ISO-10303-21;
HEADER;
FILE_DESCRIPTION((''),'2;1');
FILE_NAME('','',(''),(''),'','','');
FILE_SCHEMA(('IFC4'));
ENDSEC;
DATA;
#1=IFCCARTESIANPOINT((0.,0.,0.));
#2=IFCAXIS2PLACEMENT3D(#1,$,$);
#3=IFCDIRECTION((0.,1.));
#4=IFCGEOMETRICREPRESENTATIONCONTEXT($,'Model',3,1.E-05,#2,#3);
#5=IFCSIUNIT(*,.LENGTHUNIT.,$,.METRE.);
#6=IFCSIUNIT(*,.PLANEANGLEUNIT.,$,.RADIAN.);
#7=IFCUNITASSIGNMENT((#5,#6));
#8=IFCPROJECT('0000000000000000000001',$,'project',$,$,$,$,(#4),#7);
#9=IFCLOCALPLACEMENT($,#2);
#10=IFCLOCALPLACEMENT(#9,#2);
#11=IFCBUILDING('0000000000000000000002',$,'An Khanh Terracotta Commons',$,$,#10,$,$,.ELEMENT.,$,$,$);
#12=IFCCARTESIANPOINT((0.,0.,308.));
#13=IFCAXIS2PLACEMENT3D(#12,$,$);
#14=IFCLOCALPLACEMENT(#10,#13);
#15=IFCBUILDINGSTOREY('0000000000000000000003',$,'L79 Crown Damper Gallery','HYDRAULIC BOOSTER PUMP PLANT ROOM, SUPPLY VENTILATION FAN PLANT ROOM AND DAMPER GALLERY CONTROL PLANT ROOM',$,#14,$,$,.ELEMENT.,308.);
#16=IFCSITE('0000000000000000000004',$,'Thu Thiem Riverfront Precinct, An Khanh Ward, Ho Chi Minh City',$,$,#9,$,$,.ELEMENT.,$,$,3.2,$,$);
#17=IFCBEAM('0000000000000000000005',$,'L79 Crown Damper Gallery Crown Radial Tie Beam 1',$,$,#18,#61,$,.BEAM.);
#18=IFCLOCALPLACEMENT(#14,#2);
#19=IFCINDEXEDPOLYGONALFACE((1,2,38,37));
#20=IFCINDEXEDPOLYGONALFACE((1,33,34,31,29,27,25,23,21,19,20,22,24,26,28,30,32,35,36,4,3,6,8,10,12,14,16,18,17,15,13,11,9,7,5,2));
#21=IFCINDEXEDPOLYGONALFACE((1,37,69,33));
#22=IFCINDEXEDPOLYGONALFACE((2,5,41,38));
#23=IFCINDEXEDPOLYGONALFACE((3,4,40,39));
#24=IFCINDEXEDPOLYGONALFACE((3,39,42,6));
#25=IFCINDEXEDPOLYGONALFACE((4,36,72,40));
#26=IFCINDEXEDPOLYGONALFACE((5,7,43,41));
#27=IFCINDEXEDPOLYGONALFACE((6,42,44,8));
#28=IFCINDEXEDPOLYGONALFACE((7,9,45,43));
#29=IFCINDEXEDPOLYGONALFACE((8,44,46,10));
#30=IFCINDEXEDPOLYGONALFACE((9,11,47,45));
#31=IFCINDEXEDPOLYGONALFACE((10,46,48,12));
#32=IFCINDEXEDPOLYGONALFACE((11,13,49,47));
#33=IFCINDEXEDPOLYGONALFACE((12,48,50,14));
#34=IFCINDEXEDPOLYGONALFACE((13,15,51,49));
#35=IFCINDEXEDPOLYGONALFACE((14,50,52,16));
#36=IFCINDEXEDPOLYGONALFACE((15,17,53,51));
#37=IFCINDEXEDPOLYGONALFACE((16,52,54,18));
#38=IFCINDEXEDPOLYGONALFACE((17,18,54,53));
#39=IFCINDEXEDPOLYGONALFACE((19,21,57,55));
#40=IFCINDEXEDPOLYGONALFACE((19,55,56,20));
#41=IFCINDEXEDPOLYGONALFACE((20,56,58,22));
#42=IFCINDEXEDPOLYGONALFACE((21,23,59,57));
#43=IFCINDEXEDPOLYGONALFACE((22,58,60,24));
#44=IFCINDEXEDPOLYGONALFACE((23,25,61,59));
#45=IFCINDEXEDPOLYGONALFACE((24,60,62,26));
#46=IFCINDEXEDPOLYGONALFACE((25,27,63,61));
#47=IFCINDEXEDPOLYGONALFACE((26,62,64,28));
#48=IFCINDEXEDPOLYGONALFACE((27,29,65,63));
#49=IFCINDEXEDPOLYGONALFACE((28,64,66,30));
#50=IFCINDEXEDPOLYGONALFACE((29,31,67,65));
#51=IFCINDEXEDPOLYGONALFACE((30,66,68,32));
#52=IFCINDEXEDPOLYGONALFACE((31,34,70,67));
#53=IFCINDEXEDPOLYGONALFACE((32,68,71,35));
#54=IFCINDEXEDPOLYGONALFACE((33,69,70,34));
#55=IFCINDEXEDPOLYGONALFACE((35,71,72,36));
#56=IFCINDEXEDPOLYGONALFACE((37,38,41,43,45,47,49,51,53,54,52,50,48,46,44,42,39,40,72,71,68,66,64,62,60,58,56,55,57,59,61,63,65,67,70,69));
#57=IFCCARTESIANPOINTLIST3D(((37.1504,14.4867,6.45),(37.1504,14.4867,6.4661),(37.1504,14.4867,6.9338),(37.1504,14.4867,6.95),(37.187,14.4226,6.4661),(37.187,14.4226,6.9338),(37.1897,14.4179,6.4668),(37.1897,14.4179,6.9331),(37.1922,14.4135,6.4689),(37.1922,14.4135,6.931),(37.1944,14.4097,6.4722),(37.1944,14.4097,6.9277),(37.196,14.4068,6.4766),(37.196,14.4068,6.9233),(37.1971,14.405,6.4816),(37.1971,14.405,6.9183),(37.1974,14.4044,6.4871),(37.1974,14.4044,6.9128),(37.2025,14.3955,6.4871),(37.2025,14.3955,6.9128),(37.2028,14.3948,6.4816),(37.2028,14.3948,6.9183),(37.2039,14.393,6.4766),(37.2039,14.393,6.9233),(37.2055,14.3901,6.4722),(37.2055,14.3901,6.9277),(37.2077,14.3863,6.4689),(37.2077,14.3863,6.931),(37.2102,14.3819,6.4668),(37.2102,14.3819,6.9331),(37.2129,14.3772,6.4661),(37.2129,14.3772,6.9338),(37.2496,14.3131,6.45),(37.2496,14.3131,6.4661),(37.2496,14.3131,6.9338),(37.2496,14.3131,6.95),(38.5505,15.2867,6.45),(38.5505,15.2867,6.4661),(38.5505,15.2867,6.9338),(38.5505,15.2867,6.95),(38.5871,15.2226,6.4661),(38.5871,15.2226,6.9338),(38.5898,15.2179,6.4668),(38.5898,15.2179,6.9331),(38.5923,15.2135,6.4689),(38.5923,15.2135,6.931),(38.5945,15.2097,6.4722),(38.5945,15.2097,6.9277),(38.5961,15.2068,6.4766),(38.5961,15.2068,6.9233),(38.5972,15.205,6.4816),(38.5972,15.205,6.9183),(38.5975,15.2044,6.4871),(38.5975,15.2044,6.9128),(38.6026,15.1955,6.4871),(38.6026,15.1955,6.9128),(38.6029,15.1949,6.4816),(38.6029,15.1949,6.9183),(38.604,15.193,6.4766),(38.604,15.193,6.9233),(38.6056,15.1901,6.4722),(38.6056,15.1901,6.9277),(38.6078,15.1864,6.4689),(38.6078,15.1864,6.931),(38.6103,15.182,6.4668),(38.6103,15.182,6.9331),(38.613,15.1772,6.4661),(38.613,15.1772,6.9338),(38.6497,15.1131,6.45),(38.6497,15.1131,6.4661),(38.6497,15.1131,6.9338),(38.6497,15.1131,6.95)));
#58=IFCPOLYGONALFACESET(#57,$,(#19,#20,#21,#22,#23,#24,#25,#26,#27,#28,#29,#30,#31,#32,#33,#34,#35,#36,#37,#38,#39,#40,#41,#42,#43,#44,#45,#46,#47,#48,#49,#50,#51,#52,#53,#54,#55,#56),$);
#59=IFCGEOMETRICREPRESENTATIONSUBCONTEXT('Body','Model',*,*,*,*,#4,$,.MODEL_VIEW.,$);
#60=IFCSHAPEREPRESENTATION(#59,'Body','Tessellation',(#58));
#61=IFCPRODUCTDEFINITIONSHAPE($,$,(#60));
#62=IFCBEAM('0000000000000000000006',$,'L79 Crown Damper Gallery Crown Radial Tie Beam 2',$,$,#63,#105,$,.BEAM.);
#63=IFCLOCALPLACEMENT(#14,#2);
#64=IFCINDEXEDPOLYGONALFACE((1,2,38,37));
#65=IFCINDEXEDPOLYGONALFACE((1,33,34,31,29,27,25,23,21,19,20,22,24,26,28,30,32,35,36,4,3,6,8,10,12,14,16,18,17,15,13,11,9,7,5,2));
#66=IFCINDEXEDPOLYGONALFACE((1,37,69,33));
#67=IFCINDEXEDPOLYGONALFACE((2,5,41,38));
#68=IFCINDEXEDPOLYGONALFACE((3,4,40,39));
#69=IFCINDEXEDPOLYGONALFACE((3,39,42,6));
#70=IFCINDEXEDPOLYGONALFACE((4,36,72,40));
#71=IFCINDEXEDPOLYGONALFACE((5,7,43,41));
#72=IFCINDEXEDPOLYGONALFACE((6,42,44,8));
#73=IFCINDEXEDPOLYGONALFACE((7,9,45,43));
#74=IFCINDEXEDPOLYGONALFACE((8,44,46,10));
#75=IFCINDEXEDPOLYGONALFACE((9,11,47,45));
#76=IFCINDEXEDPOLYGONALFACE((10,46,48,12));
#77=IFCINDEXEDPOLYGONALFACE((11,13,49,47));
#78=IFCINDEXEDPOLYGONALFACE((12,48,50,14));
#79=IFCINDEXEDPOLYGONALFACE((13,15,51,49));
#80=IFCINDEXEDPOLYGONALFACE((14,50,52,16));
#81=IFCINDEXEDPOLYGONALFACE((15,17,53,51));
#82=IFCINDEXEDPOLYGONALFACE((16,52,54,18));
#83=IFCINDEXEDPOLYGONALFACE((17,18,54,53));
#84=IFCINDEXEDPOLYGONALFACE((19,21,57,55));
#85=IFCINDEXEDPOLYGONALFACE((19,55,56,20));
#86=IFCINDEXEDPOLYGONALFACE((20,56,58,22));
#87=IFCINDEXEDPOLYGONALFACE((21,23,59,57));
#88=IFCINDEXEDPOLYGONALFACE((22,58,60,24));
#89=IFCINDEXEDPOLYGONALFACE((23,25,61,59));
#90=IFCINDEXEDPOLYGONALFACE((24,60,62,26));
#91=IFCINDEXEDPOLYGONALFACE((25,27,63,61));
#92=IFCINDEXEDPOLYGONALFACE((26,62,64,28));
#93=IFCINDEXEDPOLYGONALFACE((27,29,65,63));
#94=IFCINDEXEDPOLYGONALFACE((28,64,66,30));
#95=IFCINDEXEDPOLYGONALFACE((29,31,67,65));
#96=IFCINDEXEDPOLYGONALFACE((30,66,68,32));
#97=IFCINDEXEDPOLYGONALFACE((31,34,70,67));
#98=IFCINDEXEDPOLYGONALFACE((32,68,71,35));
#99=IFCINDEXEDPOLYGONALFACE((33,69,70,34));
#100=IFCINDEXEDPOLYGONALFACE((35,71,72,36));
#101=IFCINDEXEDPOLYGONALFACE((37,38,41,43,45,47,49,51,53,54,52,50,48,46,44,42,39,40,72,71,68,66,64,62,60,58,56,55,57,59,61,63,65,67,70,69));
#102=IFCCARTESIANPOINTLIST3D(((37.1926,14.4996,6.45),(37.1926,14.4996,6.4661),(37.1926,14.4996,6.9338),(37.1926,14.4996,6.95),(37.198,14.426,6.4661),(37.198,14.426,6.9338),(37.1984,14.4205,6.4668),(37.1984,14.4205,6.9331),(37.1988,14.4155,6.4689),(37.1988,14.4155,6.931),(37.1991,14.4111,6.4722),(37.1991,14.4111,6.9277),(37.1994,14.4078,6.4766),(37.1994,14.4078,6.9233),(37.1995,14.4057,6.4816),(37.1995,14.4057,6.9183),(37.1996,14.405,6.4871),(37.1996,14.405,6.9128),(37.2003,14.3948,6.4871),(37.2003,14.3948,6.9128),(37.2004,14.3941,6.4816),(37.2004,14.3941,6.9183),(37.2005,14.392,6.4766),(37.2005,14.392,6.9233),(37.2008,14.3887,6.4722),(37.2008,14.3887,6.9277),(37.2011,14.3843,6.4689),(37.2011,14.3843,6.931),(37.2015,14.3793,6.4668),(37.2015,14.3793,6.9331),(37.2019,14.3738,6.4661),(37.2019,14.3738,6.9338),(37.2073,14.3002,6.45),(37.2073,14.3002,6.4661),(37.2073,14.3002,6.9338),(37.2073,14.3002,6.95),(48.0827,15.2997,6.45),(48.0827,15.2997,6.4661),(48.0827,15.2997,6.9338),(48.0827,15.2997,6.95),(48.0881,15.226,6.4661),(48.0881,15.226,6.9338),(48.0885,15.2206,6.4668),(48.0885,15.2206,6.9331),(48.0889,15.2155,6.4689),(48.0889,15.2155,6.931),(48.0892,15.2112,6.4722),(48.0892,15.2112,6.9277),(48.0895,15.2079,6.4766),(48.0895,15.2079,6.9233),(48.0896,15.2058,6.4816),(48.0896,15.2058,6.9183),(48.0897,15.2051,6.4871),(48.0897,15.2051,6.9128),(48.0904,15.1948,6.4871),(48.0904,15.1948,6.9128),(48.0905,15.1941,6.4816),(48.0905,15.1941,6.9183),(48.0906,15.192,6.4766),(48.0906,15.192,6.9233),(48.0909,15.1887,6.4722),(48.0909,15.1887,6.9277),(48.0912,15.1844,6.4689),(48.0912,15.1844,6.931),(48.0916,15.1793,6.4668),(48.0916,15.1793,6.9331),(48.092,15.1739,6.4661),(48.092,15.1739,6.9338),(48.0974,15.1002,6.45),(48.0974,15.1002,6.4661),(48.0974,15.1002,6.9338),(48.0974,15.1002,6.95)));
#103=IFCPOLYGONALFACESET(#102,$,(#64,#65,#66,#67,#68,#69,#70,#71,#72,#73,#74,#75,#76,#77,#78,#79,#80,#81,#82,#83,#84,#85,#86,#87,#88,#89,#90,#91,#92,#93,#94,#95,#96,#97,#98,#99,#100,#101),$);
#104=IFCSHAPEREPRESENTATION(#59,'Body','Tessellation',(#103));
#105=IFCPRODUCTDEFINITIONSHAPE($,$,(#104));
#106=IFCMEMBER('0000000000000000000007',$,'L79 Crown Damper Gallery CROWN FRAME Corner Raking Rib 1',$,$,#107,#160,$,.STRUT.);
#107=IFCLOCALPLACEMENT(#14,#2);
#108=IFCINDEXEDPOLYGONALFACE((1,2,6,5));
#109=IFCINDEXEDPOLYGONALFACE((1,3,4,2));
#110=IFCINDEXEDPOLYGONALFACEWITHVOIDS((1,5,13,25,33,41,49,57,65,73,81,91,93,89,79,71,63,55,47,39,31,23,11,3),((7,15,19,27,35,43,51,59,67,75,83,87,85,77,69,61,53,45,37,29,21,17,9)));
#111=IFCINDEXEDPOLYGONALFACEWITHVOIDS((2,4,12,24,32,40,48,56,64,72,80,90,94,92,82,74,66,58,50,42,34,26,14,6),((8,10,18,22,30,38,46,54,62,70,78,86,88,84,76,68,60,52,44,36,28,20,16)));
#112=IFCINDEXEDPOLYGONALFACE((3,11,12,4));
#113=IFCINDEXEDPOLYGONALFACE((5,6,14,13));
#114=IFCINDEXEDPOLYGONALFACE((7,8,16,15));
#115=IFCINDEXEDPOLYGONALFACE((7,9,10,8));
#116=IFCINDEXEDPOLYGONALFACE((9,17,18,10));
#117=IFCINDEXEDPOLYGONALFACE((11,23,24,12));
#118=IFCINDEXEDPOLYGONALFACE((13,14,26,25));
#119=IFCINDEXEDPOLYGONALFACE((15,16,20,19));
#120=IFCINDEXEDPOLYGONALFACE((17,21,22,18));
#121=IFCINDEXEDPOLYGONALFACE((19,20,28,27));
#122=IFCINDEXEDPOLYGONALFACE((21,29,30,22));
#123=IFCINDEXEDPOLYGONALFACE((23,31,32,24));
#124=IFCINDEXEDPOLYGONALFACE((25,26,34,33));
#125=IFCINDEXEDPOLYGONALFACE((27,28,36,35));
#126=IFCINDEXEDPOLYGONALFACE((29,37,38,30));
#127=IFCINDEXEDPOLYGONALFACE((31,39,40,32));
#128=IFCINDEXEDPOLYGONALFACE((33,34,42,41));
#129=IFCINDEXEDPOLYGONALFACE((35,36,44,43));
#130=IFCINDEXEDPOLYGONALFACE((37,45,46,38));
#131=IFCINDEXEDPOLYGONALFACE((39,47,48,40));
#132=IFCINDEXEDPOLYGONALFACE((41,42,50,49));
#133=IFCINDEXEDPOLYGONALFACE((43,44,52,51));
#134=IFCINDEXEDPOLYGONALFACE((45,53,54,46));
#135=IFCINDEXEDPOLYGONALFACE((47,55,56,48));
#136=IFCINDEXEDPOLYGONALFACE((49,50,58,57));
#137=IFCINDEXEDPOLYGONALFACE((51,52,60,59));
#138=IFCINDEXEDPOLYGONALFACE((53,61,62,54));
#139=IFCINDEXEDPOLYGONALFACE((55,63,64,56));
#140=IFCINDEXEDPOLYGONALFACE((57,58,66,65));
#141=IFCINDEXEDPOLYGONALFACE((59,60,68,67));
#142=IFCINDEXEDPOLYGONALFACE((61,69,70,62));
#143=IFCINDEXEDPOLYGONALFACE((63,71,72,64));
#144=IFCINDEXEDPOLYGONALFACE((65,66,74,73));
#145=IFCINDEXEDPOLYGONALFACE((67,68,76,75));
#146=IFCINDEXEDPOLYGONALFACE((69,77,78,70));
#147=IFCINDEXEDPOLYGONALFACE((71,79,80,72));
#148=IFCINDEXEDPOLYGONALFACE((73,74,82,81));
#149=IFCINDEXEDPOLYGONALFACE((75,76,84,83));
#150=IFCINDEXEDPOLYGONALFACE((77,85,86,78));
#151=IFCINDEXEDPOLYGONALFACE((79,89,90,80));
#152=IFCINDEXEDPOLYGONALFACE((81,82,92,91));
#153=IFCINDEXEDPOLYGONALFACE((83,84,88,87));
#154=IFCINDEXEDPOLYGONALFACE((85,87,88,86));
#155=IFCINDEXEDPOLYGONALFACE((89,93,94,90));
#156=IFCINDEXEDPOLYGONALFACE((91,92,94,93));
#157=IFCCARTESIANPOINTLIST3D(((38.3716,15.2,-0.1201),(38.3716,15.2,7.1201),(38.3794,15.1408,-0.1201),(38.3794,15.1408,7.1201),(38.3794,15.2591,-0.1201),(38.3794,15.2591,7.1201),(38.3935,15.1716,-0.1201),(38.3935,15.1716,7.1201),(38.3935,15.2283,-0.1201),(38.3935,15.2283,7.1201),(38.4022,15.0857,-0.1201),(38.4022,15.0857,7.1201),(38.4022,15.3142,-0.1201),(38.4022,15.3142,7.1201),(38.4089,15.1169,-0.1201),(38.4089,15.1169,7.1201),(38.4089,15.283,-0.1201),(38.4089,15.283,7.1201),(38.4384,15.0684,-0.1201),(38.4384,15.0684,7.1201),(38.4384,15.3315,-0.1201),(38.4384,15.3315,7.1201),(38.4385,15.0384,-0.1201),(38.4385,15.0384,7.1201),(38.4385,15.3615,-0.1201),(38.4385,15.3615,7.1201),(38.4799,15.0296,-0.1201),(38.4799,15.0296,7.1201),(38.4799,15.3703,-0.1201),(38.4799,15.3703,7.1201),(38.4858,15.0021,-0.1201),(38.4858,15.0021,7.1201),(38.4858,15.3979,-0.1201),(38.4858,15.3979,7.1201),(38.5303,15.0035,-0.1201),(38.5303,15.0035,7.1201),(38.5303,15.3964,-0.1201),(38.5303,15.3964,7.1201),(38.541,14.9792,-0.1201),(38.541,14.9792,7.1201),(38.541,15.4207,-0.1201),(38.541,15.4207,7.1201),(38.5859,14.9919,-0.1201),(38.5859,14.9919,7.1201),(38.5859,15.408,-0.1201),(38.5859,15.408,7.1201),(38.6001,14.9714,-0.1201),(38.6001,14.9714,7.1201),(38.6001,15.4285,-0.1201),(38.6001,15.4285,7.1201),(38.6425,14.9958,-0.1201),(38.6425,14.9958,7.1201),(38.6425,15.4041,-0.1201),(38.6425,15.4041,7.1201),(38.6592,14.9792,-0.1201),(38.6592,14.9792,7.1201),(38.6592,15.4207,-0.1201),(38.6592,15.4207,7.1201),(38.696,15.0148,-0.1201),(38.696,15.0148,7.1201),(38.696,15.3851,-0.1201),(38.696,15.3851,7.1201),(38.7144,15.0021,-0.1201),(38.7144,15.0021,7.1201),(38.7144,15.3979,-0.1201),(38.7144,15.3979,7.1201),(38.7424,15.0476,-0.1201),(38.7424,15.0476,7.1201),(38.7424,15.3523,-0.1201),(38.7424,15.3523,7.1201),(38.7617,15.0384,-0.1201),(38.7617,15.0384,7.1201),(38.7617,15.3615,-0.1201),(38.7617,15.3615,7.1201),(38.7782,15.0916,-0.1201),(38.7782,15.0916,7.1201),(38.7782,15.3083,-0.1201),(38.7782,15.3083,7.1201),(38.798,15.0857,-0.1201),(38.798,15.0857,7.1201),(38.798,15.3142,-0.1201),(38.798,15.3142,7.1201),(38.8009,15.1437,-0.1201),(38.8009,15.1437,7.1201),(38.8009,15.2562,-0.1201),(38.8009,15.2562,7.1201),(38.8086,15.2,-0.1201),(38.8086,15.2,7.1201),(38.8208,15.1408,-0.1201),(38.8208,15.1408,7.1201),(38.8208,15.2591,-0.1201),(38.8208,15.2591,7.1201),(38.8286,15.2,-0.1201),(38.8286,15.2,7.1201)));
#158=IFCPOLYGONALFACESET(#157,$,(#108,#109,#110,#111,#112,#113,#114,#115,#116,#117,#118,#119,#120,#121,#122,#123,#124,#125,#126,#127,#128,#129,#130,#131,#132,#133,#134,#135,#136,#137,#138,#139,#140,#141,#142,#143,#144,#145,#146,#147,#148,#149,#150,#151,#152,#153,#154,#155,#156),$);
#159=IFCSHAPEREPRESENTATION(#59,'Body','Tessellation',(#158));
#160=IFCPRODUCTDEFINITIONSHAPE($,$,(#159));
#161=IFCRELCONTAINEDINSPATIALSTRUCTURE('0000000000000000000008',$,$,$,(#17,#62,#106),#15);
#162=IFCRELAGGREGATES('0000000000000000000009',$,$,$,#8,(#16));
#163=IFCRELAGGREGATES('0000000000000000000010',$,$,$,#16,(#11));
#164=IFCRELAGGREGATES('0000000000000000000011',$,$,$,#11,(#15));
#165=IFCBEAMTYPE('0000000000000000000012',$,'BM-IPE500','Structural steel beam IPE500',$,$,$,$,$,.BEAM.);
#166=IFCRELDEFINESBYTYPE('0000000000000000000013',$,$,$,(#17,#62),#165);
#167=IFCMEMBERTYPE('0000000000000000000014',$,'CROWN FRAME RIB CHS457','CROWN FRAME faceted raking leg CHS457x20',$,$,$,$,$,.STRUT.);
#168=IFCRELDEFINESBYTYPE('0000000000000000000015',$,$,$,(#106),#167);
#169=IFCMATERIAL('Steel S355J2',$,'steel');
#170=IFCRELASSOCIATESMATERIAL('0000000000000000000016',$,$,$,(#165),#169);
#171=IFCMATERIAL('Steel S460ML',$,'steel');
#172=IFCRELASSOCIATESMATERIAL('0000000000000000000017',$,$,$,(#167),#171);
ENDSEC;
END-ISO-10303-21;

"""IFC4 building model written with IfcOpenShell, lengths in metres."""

from ifc_helpers import new_model, si_unit, direction, frame, origin, origin_2d, place, context, subcontext, project, spatial, hollow_circle, i_section, extrude, material, material_profile, profile_set, type_object, element, save


model = new_model("IFC4")

# Units and contexts
model_context = context("Model", 3, precision=1e-05, world=origin(), true_north=direction((0.0, 1.0)))
body_context = subcontext(model_context, "Body", "Model", "MODEL_VIEW")
ifc_project = project(units=[si_unit("LENGTHUNIT", "METRE"), si_unit("PLANEANGLEUNIT", "RADIAN")], contexts=[model_context])

# Site, building, storey
site_placement = place(None, origin())
site = spatial("IfcSite", under=ifc_project, at=site_placement, Name="Thu Thiem Riverfront Precinct, An Khanh Ward, Ho Chi Minh City", CompositionType="ELEMENT", RefElevation=3.2)
building_placement = place(site_placement, origin())
building = spatial("IfcBuilding", under=site, at=building_placement, Name="An Khanh Terracotta Commons", CompositionType="ELEMENT")
storey_placement = place(building_placement, frame((0.0, 0.0, 308.0)))
storey = spatial("IfcBuildingStorey", under=building, at=storey_placement, Name="L79 Crown Damper Gallery", Description="HYDRAULIC BOOSTER PUMP PLANT ROOM, SUPPLY VENTILATION FAN PLANT ROOM AND DAMPER GALLERY CONTROL PLANT ROOM", CompositionType="ELEMENT", Elevation=308.0)

# Beams
ifc_material_1 = material(Name="Steel S355J2", Category="steel")
ifc_material_profile_1 = material_profile(ifc_material_1, i_section(OverallWidth=0.2, OverallDepth=0.5, WebThickness=0.0103, FlangeThickness=0.0161, FilletRadius=0.021, at=origin_2d()), Name="IPE500")
ifc_profile_set_1 = profile_set([ifc_material_profile_1], Name="Steel S355J2")
beam_type_1 = type_object("IfcBeamType", Name="BM-IPE500", Description="Structural steel beam IPE500", PredefinedType="BEAM", material=ifc_profile_set_1)
beam_1_placement = place(storey_placement, frame((37.2, 14.3999, 6.7), z_axis=(0.868252, 0.496123, 0.0), x_axis=(-0.496123, 0.868252, 0.0)))
element("IfcBeam", 1, at=beam_1_placement, inside=storey, type_object=beam_type_1, Name="L79 Crown Damper Gallery Crown Radial Tie Beam 1", PredefinedType="BEAM", context=body_context, shape_type="SweptSolid", body=[
    extrude(i_section(OverallWidth=0.2, OverallDepth=0.5, WebThickness=0.0103, FlangeThickness=0.0161, FilletRadius=0.021, at=origin_2d()), origin(), (0.0, 0.0, 1.0), 1.6125),
])
beam_2_placement = place(storey_placement, frame((37.2, 14.3999, 6.7), z_axis=(0.997312, 0.073268, 0.0), x_axis=(-0.073268, 0.997312, 0.0)))
element("IfcBeam", 2, at=beam_2_placement, inside=storey, type_object=beam_type_1, Name="L79 Crown Damper Gallery Crown Radial Tie Beam 2", PredefinedType="BEAM", context=body_context, shape_type="SweptSolid", body=[
    extrude(i_section(OverallWidth=0.2, OverallDepth=0.5, WebThickness=0.0103, FlangeThickness=0.0161, FilletRadius=0.021, at=origin_2d()), origin(), (0.0, 0.0, 1.0), 10.9194),
])

# Member
ifc_material_2 = material(Name="Steel S460ML", Category="steel")
ifc_material_profile_2 = material_profile(ifc_material_2, hollow_circle(Radius=0.2285, WallThickness=0.02, at=origin_2d()), Name="CHS457x20")
ifc_profile_set_2 = profile_set([ifc_material_profile_2], Name="Steel S460ML")
member_type_1 = type_object("IfcMemberType", Name="CROWN FRAME RIB CHS457", Description="CROWN FRAME faceted raking leg CHS457x20", PredefinedType="STRUT", material=ifc_profile_set_2)
member_1_placement = place(storey_placement, frame((38.6001, 15.2, -0.1201), z_axis=(0.0, 0.0, 1.0), x_axis=(1.0, 0.0, 0.0)))
element("IfcMember", 3, at=member_1_placement, inside=storey, type_object=member_type_1, Name="L79 Crown Damper Gallery CROWN FRAME Corner Raking Rib 1", PredefinedType="STRUT", context=body_context, shape_type="SweptSolid", body=[
    extrude(hollow_circle(Radius=0.2285, WallThickness=0.02, at=origin_2d()), origin(), (0.0, 0.0, 1.0), 7.2402),
])

save(model, "model.ifc")
